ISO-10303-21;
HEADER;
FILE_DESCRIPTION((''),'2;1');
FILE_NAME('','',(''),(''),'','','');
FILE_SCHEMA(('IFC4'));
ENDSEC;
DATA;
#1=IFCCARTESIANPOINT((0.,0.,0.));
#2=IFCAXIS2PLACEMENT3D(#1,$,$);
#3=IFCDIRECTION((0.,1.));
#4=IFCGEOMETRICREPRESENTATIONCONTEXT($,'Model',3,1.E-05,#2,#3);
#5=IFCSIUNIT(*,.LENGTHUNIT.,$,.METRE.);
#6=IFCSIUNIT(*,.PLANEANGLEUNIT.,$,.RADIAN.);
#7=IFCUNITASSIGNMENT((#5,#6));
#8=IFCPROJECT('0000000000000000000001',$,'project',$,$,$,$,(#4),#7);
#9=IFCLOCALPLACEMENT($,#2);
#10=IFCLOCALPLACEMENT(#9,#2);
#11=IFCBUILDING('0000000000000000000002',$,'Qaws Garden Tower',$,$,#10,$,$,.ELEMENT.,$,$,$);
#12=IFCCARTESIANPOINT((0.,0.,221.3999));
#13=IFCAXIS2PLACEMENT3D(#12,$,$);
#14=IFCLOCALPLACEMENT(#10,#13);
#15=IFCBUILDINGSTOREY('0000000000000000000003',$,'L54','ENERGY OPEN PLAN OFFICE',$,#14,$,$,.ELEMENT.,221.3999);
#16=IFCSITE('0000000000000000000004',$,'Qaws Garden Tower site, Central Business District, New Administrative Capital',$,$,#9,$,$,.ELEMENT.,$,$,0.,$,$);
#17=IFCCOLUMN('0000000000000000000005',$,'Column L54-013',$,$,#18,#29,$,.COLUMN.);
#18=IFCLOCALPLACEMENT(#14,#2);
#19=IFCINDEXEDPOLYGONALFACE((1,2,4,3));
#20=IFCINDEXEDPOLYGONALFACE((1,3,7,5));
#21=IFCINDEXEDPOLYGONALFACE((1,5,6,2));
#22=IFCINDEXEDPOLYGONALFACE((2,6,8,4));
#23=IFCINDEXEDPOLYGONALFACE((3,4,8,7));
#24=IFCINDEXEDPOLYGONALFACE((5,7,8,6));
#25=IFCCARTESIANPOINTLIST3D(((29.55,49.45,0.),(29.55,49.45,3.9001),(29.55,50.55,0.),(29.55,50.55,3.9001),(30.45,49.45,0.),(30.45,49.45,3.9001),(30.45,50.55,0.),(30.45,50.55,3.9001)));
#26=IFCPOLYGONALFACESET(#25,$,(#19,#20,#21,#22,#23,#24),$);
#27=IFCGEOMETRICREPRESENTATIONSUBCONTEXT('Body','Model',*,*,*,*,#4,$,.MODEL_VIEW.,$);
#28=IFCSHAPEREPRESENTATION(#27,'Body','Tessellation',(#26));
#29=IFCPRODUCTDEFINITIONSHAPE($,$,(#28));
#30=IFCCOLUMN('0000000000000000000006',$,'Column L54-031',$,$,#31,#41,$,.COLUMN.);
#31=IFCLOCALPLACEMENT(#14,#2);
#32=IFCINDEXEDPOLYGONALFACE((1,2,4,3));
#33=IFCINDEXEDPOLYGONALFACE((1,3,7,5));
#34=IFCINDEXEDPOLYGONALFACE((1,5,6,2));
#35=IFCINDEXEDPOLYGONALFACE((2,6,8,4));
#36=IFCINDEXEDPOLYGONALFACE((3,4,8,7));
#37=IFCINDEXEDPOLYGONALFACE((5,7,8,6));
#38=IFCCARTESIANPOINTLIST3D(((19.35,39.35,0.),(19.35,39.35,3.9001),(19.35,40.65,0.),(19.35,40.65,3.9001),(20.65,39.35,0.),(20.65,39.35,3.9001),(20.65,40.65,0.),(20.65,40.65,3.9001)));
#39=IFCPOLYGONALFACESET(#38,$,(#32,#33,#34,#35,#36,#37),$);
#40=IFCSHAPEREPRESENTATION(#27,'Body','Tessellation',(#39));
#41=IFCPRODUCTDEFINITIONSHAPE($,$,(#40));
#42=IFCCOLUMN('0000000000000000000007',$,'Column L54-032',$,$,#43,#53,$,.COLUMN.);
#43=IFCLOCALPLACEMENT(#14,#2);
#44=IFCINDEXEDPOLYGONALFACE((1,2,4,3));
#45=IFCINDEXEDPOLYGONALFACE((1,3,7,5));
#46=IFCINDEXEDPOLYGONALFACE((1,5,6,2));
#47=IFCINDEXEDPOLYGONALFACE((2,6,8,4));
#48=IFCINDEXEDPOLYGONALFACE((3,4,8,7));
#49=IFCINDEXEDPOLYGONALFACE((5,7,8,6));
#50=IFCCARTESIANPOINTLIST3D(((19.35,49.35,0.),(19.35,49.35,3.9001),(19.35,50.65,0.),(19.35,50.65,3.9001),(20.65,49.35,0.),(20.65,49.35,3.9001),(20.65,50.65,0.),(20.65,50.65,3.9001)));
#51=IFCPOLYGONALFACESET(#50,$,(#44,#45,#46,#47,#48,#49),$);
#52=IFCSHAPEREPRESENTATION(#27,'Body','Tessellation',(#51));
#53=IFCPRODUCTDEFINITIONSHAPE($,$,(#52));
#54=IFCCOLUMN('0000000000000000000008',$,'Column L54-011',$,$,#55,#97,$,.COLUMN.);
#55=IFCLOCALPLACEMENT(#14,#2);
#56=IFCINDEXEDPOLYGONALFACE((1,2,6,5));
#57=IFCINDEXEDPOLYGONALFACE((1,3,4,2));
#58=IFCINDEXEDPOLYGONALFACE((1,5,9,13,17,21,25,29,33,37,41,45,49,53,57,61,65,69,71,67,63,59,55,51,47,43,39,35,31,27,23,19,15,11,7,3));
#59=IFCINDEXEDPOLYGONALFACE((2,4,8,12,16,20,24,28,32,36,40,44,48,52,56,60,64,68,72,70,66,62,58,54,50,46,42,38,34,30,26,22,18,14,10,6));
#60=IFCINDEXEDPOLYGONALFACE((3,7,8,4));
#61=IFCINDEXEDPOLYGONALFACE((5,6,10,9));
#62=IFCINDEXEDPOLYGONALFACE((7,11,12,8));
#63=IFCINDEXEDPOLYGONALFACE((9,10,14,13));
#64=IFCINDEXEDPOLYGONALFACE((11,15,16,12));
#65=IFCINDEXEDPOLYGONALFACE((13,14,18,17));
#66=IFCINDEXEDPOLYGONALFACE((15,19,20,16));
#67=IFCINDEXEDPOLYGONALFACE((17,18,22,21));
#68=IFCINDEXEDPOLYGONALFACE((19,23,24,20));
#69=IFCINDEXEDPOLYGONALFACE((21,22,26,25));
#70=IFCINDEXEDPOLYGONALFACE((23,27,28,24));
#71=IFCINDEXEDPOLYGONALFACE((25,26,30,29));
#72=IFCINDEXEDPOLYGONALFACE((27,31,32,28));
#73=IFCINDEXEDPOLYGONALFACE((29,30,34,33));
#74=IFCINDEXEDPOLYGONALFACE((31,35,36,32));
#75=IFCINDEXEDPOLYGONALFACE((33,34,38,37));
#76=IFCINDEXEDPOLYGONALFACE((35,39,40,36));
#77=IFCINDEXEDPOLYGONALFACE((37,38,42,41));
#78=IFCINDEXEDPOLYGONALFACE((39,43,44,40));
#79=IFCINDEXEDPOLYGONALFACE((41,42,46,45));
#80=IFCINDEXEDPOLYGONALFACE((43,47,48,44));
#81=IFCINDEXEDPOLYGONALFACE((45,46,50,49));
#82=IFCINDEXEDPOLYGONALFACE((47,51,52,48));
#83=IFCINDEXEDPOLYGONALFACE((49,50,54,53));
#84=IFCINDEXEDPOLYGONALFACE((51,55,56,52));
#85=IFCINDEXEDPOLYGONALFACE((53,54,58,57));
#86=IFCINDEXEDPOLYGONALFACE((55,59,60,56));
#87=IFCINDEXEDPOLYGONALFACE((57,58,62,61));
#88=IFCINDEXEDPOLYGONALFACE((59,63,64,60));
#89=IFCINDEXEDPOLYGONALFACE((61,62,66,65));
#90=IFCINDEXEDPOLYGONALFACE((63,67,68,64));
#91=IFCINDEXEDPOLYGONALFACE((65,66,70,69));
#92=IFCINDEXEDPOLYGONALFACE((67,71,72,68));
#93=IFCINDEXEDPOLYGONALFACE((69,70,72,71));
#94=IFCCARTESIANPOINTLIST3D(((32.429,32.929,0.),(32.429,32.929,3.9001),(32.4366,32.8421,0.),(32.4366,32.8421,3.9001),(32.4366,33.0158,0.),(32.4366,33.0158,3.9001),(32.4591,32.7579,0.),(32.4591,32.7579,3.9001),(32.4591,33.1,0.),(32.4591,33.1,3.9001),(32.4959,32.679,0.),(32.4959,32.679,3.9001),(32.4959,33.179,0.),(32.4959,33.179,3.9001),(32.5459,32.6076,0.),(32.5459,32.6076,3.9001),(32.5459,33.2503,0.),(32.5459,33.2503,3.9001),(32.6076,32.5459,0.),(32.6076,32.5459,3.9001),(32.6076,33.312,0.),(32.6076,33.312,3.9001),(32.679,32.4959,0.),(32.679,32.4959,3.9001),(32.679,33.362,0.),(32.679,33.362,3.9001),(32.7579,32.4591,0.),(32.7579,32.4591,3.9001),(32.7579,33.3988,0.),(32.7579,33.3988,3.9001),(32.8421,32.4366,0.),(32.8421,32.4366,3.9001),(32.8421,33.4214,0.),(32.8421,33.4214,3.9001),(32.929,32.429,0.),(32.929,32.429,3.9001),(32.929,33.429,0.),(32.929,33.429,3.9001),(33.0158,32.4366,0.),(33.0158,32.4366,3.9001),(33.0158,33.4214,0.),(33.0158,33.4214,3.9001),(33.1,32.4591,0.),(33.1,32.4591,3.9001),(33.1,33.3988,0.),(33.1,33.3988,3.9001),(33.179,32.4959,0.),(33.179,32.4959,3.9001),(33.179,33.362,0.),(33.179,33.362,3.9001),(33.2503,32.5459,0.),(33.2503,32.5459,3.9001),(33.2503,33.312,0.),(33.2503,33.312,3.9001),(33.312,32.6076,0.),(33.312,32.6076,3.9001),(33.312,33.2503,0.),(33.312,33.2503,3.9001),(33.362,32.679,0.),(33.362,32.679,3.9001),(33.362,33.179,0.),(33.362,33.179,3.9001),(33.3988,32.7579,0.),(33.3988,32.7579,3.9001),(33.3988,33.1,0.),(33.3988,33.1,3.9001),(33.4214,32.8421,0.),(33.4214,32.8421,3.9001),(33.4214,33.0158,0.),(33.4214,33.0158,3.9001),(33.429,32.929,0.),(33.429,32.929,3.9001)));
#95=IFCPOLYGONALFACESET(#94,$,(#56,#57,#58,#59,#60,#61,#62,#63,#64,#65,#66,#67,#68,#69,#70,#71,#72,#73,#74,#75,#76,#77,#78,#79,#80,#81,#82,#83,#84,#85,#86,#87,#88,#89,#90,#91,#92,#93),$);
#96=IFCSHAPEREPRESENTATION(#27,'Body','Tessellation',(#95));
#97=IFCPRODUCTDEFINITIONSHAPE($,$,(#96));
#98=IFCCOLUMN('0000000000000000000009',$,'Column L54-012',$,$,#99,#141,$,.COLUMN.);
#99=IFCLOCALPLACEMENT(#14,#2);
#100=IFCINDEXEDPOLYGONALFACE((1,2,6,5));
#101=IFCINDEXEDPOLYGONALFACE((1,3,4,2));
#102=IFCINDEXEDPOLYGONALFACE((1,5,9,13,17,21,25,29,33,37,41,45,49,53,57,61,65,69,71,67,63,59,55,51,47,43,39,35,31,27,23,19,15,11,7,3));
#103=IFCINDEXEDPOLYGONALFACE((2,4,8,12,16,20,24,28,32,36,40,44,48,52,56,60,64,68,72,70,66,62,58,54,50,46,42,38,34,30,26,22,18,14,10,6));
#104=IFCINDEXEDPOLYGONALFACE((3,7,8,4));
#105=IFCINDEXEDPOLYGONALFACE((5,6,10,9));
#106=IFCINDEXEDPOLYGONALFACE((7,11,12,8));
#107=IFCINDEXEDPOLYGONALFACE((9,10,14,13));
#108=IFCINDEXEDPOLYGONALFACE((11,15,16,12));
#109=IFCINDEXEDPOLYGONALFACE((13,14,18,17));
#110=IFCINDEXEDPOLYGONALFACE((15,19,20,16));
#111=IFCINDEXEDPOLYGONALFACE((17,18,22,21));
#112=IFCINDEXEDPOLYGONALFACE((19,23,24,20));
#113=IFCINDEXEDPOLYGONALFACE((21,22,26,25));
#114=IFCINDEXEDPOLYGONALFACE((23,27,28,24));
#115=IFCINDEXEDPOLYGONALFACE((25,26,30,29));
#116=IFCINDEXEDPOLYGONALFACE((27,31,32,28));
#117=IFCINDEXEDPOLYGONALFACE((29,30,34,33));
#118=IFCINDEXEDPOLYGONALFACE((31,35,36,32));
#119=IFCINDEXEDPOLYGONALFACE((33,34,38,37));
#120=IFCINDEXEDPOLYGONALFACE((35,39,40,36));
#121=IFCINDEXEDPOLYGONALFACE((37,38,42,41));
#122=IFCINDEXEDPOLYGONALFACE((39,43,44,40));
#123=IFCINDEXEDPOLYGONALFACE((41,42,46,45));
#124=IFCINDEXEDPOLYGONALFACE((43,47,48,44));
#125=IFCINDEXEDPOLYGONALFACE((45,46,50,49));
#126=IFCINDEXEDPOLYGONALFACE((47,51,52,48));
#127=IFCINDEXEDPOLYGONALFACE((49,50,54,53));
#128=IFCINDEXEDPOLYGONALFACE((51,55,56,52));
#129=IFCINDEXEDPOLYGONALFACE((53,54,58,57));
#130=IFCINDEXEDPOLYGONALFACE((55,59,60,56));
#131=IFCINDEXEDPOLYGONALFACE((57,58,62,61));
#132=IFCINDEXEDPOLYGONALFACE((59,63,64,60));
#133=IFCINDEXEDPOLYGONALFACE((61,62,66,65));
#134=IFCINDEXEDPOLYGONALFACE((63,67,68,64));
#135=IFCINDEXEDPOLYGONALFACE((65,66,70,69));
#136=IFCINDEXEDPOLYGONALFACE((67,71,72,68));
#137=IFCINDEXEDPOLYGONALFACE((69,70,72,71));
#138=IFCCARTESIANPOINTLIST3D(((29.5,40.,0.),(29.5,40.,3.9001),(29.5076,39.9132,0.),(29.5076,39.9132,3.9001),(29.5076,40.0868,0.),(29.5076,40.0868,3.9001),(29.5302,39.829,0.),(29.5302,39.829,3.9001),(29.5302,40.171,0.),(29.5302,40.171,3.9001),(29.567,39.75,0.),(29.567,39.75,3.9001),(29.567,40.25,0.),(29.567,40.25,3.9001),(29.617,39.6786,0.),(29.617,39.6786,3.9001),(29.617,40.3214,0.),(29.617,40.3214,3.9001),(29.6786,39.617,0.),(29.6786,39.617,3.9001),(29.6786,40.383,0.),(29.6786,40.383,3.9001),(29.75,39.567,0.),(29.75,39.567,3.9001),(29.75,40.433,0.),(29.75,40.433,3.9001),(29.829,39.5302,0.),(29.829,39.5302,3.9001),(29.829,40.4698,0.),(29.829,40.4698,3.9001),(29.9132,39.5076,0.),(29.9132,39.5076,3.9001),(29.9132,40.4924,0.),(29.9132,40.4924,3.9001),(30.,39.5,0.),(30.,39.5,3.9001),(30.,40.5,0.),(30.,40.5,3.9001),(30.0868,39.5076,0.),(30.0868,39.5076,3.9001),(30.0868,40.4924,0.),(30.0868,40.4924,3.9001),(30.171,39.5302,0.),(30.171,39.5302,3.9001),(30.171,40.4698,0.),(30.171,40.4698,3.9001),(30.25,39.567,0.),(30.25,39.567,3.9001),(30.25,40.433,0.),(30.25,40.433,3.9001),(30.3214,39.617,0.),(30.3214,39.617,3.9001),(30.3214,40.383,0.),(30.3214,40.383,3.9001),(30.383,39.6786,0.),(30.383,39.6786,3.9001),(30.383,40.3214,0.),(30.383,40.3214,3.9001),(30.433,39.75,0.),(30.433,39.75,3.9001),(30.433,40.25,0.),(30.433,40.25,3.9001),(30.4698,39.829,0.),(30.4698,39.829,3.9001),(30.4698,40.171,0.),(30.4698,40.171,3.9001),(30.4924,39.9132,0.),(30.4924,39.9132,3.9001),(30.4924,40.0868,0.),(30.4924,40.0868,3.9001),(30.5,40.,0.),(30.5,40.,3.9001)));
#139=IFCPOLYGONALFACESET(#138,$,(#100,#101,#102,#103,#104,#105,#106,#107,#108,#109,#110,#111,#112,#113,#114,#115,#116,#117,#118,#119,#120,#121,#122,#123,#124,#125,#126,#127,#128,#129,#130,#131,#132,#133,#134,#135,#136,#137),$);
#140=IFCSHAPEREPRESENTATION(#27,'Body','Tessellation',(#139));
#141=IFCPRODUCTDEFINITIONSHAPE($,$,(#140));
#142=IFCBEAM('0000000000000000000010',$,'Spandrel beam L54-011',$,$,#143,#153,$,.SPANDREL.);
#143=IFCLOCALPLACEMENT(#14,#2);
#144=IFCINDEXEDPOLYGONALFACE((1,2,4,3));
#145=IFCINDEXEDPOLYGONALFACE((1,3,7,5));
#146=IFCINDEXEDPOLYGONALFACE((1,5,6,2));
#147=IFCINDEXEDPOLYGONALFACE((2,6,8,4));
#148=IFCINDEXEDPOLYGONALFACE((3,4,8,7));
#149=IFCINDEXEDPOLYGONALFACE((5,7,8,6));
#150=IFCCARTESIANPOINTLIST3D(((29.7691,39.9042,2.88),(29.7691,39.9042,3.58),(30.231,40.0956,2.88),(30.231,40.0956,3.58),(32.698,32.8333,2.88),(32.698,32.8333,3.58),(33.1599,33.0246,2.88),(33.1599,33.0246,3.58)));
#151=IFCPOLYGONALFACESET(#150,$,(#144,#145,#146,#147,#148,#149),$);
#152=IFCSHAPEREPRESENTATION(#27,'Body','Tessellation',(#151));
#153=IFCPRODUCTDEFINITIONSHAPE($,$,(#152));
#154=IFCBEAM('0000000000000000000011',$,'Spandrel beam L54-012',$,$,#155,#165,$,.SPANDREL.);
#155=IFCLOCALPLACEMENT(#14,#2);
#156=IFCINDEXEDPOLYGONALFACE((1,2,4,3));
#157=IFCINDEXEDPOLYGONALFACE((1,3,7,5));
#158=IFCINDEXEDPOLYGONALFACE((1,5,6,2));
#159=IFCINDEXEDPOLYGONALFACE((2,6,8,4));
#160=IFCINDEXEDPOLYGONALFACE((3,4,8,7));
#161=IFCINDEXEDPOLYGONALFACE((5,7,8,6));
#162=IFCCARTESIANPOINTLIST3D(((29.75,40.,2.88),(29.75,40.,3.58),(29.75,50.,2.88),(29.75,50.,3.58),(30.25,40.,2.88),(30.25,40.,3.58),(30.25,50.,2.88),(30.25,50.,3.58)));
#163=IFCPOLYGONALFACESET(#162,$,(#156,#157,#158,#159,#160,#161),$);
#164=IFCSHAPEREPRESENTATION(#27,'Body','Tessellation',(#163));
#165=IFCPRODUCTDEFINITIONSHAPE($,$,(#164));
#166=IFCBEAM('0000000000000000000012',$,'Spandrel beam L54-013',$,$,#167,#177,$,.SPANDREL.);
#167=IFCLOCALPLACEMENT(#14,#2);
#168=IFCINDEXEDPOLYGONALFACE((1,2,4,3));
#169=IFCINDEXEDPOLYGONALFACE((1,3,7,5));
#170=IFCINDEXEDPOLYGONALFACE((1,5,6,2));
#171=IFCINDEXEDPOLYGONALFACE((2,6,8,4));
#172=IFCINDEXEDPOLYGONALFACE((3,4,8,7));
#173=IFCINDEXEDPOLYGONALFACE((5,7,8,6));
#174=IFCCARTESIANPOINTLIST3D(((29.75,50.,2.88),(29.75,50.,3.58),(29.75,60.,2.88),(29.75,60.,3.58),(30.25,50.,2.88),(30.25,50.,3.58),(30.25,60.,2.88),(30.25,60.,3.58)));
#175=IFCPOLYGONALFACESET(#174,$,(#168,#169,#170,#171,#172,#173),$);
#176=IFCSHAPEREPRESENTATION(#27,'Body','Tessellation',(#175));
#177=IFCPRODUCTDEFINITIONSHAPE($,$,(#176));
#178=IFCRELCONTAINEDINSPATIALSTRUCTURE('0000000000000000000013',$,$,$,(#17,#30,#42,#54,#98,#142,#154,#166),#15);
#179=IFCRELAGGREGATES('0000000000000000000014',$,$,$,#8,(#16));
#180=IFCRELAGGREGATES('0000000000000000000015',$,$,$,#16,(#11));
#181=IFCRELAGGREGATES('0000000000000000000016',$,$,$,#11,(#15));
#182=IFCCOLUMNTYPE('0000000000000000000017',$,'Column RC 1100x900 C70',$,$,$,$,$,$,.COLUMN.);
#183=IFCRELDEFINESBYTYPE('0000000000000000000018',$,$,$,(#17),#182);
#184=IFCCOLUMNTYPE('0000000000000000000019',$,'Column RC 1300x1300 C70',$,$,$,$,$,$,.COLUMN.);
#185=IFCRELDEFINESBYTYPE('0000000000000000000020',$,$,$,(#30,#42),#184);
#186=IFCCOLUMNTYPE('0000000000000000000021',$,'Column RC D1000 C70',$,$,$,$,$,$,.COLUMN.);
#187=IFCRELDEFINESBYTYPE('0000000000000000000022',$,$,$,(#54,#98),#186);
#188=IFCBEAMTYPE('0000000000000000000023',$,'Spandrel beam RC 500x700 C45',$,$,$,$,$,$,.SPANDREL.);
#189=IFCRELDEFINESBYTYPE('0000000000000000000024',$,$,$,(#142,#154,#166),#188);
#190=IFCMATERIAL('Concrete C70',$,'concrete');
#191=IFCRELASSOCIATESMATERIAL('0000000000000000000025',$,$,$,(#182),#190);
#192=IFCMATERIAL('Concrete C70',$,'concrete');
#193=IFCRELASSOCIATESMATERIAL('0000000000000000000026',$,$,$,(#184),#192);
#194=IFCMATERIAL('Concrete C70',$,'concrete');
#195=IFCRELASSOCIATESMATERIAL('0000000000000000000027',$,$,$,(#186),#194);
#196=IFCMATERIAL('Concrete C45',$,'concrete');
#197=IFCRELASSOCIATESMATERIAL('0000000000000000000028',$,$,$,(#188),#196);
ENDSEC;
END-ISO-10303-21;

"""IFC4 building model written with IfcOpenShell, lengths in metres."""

from ifc_helpers import new_model, si_unit, direction, frame, origin, origin_2d, place, context, subcontext, project, spatial, rectangle, circle, extrude, material, material_profile, profile_set, type_object, element, save


model = new_model("IFC4")

# Units and contexts
model_context = context("Model", 3, precision=1e-05, world=origin(), true_north=direction((0.0, 1.0)))
body_context = subcontext(model_context, "Body", "Model", "MODEL_VIEW")
ifc_project = project(units=[si_unit("LENGTHUNIT", "METRE"), si_unit("PLANEANGLEUNIT", "RADIAN")], contexts=[model_context])

# Site, building, storey
site_placement = place(None, origin())
site = spatial("IfcSite", under=ifc_project, at=site_placement, Name="Qaws Garden Tower site, Central Business District, New Administrative Capital", CompositionType="ELEMENT", RefElevation=0.0)
building_placement = place(site_placement, origin())
building = spatial("IfcBuilding", under=site, at=building_placement, Name="Qaws Garden Tower", CompositionType="ELEMENT")
storey_placement = place(building_placement, frame((0.0, 0.0, 221.3999)))
storey = spatial("IfcBuildingStorey", under=building, at=storey_placement, Name="L54", Description="ENERGY OPEN PLAN OFFICE", CompositionType="ELEMENT", Elevation=221.3999)

# Columns
ifc_material_1 = material(Name="Concrete C70", Category="concrete")
ifc_material_profile_1 = material_profile(ifc_material_1, rectangle(XDim=1.1001, YDim=0.8999, at=origin_2d()), Name="RC 1100x900")
ifc_profile_set_1 = profile_set([ifc_material_profile_1], Name="Concrete C70")
column_type_1 = type_object("IfcColumnType", Name="Column RC 1100x900 C70", PredefinedType="COLUMN", material=ifc_profile_set_1)
column_placement = place(storey_placement, frame((30.0, 50.0, 0.0), z_axis=(0.0, 0.0, 1.0), x_axis=(0.0, 1.0, 0.0)))
element("IfcColumn", 1, at=column_placement, inside=storey, type_object=column_type_1, Name="Column L54-013", PredefinedType="COLUMN", context=body_context, shape_type="SweptSolid", body=[
    extrude(rectangle(XDim=1.1001, YDim=0.8999, at=origin_2d()), origin(), (0.0, 0.0, 1.0), 3.9001),
])
ifc_material_2 = material(Name="Concrete C70", Category="concrete")
ifc_material_profile_2 = material_profile(ifc_material_2, rectangle(XDim=1.3, YDim=1.3, at=origin_2d()), Name="RC 1300x1300")
ifc_profile_set_2 = profile_set([ifc_material_profile_2], Name="Concrete C70")
column_type_2 = type_object("IfcColumnType", Name="Column RC 1300x1300 C70", PredefinedType="COLUMN", material=ifc_profile_set_2)
for number, where, z_axis, x_axis, name in (
    (2, (20.0, 40.0, 0.0), (0.0, 0.0, 1.0), (1.0, 0.0, 0.0), "Column L54-031"),
    (3, (20.0, 50.0, 0.0), (0.0, 0.0, 1.0), (1.0, 0.0, 0.0), "Column L54-032"),
):
    element("IfcColumn", number, at=place(storey_placement, frame(where, z_axis=z_axis, x_axis=x_axis)), inside=storey, type_object=column_type_2, Name=name, PredefinedType="COLUMN", context=body_context, shape_type="SweptSolid", body=[
        extrude(rectangle(XDim=1.3, YDim=1.3, at=origin_2d()), origin(), (0.0, 0.0, 1.0), 3.9001),
    ])
ifc_material_3 = material(Name="Concrete C70", Category="concrete")
ifc_material_profile_3 = material_profile(ifc_material_3, circle(Radius=0.5, at=origin_2d()), Name="RC D1000")
ifc_profile_set_3 = profile_set([ifc_material_profile_3], Name="Concrete C70")
column_type_3 = type_object("IfcColumnType", Name="Column RC D1000 C70", PredefinedType="COLUMN", material=ifc_profile_set_3)
for number, where, z_axis, x_axis, name in (
    (4, (32.929, 32.929, 0.0), (0.0, 0.0, 1.0), (1.0, 0.0, 0.0), "Column L54-011"),
    (5, (30.0, 40.0, 0.0), (0.0, 0.0, 1.0), (1.0, 0.0, 0.0), "Column L54-012"),
):
    element("IfcColumn", number, at=place(storey_placement, frame(where, z_axis=z_axis, x_axis=x_axis)), inside=storey, type_object=column_type_3, Name=name, PredefinedType="COLUMN", context=body_context, shape_type="SweptSolid", body=[
        extrude(circle(Radius=0.5, at=origin_2d()), origin(), (0.0, 0.0, 1.0), 3.9001),
    ])

# Beams
ifc_material_4 = material(Name="Concrete C45", Category="concrete")
ifc_material_profile_4 = material_profile(ifc_material_4, rectangle(XDim=0.5, YDim=0.7, at=origin_2d()), Name="RC 500x700")
ifc_profile_set_4 = profile_set([ifc_material_profile_4], Name="Concrete C45")
beam_type = type_object("IfcBeamType", Name="Spandrel beam RC 500x700 C45", PredefinedType="SPANDREL", material=ifc_profile_set_4)
beam_placement = place(storey_placement, frame((32.929, 32.929, 3.23), z_axis=(-0.382687, 0.923878, 0.0), x_axis=(-0.923878, -0.382687, 0.0)))
element("IfcBeam", 6, at=beam_placement, inside=storey, type_object=beam_type, Name="Spandrel beam L54-011", PredefinedType="SPANDREL", context=body_context, shape_type="SweptSolid", body=[
    extrude(rectangle(XDim=0.5, YDim=0.7, at=origin_2d()), origin(), (0.0, 0.0, 1.0), 7.6536),
])
for number, where, z_axis, x_axis, name in (
    (7, (30.0, 40.0, 3.23), (0.0, 1.0, 0.0), (-1.0, 0.0, 0.0), "Spandrel beam L54-012"),
    (8, (30.0, 50.0, 3.23), (0.0, 1.0, 0.0), (-1.0, 0.0, 0.0), "Spandrel beam L54-013"),
):
    element("IfcBeam", number, at=place(storey_placement, frame(where, z_axis=z_axis, x_axis=x_axis)), inside=storey, type_object=beam_type, Name=name, PredefinedType="SPANDREL", context=body_context, shape_type="SweptSolid", body=[
        extrude(rectangle(XDim=0.5, YDim=0.7, at=origin_2d()), origin(), (0.0, 0.0, 1.0), 10.0),
    ])

save(model, "model.ifc")
